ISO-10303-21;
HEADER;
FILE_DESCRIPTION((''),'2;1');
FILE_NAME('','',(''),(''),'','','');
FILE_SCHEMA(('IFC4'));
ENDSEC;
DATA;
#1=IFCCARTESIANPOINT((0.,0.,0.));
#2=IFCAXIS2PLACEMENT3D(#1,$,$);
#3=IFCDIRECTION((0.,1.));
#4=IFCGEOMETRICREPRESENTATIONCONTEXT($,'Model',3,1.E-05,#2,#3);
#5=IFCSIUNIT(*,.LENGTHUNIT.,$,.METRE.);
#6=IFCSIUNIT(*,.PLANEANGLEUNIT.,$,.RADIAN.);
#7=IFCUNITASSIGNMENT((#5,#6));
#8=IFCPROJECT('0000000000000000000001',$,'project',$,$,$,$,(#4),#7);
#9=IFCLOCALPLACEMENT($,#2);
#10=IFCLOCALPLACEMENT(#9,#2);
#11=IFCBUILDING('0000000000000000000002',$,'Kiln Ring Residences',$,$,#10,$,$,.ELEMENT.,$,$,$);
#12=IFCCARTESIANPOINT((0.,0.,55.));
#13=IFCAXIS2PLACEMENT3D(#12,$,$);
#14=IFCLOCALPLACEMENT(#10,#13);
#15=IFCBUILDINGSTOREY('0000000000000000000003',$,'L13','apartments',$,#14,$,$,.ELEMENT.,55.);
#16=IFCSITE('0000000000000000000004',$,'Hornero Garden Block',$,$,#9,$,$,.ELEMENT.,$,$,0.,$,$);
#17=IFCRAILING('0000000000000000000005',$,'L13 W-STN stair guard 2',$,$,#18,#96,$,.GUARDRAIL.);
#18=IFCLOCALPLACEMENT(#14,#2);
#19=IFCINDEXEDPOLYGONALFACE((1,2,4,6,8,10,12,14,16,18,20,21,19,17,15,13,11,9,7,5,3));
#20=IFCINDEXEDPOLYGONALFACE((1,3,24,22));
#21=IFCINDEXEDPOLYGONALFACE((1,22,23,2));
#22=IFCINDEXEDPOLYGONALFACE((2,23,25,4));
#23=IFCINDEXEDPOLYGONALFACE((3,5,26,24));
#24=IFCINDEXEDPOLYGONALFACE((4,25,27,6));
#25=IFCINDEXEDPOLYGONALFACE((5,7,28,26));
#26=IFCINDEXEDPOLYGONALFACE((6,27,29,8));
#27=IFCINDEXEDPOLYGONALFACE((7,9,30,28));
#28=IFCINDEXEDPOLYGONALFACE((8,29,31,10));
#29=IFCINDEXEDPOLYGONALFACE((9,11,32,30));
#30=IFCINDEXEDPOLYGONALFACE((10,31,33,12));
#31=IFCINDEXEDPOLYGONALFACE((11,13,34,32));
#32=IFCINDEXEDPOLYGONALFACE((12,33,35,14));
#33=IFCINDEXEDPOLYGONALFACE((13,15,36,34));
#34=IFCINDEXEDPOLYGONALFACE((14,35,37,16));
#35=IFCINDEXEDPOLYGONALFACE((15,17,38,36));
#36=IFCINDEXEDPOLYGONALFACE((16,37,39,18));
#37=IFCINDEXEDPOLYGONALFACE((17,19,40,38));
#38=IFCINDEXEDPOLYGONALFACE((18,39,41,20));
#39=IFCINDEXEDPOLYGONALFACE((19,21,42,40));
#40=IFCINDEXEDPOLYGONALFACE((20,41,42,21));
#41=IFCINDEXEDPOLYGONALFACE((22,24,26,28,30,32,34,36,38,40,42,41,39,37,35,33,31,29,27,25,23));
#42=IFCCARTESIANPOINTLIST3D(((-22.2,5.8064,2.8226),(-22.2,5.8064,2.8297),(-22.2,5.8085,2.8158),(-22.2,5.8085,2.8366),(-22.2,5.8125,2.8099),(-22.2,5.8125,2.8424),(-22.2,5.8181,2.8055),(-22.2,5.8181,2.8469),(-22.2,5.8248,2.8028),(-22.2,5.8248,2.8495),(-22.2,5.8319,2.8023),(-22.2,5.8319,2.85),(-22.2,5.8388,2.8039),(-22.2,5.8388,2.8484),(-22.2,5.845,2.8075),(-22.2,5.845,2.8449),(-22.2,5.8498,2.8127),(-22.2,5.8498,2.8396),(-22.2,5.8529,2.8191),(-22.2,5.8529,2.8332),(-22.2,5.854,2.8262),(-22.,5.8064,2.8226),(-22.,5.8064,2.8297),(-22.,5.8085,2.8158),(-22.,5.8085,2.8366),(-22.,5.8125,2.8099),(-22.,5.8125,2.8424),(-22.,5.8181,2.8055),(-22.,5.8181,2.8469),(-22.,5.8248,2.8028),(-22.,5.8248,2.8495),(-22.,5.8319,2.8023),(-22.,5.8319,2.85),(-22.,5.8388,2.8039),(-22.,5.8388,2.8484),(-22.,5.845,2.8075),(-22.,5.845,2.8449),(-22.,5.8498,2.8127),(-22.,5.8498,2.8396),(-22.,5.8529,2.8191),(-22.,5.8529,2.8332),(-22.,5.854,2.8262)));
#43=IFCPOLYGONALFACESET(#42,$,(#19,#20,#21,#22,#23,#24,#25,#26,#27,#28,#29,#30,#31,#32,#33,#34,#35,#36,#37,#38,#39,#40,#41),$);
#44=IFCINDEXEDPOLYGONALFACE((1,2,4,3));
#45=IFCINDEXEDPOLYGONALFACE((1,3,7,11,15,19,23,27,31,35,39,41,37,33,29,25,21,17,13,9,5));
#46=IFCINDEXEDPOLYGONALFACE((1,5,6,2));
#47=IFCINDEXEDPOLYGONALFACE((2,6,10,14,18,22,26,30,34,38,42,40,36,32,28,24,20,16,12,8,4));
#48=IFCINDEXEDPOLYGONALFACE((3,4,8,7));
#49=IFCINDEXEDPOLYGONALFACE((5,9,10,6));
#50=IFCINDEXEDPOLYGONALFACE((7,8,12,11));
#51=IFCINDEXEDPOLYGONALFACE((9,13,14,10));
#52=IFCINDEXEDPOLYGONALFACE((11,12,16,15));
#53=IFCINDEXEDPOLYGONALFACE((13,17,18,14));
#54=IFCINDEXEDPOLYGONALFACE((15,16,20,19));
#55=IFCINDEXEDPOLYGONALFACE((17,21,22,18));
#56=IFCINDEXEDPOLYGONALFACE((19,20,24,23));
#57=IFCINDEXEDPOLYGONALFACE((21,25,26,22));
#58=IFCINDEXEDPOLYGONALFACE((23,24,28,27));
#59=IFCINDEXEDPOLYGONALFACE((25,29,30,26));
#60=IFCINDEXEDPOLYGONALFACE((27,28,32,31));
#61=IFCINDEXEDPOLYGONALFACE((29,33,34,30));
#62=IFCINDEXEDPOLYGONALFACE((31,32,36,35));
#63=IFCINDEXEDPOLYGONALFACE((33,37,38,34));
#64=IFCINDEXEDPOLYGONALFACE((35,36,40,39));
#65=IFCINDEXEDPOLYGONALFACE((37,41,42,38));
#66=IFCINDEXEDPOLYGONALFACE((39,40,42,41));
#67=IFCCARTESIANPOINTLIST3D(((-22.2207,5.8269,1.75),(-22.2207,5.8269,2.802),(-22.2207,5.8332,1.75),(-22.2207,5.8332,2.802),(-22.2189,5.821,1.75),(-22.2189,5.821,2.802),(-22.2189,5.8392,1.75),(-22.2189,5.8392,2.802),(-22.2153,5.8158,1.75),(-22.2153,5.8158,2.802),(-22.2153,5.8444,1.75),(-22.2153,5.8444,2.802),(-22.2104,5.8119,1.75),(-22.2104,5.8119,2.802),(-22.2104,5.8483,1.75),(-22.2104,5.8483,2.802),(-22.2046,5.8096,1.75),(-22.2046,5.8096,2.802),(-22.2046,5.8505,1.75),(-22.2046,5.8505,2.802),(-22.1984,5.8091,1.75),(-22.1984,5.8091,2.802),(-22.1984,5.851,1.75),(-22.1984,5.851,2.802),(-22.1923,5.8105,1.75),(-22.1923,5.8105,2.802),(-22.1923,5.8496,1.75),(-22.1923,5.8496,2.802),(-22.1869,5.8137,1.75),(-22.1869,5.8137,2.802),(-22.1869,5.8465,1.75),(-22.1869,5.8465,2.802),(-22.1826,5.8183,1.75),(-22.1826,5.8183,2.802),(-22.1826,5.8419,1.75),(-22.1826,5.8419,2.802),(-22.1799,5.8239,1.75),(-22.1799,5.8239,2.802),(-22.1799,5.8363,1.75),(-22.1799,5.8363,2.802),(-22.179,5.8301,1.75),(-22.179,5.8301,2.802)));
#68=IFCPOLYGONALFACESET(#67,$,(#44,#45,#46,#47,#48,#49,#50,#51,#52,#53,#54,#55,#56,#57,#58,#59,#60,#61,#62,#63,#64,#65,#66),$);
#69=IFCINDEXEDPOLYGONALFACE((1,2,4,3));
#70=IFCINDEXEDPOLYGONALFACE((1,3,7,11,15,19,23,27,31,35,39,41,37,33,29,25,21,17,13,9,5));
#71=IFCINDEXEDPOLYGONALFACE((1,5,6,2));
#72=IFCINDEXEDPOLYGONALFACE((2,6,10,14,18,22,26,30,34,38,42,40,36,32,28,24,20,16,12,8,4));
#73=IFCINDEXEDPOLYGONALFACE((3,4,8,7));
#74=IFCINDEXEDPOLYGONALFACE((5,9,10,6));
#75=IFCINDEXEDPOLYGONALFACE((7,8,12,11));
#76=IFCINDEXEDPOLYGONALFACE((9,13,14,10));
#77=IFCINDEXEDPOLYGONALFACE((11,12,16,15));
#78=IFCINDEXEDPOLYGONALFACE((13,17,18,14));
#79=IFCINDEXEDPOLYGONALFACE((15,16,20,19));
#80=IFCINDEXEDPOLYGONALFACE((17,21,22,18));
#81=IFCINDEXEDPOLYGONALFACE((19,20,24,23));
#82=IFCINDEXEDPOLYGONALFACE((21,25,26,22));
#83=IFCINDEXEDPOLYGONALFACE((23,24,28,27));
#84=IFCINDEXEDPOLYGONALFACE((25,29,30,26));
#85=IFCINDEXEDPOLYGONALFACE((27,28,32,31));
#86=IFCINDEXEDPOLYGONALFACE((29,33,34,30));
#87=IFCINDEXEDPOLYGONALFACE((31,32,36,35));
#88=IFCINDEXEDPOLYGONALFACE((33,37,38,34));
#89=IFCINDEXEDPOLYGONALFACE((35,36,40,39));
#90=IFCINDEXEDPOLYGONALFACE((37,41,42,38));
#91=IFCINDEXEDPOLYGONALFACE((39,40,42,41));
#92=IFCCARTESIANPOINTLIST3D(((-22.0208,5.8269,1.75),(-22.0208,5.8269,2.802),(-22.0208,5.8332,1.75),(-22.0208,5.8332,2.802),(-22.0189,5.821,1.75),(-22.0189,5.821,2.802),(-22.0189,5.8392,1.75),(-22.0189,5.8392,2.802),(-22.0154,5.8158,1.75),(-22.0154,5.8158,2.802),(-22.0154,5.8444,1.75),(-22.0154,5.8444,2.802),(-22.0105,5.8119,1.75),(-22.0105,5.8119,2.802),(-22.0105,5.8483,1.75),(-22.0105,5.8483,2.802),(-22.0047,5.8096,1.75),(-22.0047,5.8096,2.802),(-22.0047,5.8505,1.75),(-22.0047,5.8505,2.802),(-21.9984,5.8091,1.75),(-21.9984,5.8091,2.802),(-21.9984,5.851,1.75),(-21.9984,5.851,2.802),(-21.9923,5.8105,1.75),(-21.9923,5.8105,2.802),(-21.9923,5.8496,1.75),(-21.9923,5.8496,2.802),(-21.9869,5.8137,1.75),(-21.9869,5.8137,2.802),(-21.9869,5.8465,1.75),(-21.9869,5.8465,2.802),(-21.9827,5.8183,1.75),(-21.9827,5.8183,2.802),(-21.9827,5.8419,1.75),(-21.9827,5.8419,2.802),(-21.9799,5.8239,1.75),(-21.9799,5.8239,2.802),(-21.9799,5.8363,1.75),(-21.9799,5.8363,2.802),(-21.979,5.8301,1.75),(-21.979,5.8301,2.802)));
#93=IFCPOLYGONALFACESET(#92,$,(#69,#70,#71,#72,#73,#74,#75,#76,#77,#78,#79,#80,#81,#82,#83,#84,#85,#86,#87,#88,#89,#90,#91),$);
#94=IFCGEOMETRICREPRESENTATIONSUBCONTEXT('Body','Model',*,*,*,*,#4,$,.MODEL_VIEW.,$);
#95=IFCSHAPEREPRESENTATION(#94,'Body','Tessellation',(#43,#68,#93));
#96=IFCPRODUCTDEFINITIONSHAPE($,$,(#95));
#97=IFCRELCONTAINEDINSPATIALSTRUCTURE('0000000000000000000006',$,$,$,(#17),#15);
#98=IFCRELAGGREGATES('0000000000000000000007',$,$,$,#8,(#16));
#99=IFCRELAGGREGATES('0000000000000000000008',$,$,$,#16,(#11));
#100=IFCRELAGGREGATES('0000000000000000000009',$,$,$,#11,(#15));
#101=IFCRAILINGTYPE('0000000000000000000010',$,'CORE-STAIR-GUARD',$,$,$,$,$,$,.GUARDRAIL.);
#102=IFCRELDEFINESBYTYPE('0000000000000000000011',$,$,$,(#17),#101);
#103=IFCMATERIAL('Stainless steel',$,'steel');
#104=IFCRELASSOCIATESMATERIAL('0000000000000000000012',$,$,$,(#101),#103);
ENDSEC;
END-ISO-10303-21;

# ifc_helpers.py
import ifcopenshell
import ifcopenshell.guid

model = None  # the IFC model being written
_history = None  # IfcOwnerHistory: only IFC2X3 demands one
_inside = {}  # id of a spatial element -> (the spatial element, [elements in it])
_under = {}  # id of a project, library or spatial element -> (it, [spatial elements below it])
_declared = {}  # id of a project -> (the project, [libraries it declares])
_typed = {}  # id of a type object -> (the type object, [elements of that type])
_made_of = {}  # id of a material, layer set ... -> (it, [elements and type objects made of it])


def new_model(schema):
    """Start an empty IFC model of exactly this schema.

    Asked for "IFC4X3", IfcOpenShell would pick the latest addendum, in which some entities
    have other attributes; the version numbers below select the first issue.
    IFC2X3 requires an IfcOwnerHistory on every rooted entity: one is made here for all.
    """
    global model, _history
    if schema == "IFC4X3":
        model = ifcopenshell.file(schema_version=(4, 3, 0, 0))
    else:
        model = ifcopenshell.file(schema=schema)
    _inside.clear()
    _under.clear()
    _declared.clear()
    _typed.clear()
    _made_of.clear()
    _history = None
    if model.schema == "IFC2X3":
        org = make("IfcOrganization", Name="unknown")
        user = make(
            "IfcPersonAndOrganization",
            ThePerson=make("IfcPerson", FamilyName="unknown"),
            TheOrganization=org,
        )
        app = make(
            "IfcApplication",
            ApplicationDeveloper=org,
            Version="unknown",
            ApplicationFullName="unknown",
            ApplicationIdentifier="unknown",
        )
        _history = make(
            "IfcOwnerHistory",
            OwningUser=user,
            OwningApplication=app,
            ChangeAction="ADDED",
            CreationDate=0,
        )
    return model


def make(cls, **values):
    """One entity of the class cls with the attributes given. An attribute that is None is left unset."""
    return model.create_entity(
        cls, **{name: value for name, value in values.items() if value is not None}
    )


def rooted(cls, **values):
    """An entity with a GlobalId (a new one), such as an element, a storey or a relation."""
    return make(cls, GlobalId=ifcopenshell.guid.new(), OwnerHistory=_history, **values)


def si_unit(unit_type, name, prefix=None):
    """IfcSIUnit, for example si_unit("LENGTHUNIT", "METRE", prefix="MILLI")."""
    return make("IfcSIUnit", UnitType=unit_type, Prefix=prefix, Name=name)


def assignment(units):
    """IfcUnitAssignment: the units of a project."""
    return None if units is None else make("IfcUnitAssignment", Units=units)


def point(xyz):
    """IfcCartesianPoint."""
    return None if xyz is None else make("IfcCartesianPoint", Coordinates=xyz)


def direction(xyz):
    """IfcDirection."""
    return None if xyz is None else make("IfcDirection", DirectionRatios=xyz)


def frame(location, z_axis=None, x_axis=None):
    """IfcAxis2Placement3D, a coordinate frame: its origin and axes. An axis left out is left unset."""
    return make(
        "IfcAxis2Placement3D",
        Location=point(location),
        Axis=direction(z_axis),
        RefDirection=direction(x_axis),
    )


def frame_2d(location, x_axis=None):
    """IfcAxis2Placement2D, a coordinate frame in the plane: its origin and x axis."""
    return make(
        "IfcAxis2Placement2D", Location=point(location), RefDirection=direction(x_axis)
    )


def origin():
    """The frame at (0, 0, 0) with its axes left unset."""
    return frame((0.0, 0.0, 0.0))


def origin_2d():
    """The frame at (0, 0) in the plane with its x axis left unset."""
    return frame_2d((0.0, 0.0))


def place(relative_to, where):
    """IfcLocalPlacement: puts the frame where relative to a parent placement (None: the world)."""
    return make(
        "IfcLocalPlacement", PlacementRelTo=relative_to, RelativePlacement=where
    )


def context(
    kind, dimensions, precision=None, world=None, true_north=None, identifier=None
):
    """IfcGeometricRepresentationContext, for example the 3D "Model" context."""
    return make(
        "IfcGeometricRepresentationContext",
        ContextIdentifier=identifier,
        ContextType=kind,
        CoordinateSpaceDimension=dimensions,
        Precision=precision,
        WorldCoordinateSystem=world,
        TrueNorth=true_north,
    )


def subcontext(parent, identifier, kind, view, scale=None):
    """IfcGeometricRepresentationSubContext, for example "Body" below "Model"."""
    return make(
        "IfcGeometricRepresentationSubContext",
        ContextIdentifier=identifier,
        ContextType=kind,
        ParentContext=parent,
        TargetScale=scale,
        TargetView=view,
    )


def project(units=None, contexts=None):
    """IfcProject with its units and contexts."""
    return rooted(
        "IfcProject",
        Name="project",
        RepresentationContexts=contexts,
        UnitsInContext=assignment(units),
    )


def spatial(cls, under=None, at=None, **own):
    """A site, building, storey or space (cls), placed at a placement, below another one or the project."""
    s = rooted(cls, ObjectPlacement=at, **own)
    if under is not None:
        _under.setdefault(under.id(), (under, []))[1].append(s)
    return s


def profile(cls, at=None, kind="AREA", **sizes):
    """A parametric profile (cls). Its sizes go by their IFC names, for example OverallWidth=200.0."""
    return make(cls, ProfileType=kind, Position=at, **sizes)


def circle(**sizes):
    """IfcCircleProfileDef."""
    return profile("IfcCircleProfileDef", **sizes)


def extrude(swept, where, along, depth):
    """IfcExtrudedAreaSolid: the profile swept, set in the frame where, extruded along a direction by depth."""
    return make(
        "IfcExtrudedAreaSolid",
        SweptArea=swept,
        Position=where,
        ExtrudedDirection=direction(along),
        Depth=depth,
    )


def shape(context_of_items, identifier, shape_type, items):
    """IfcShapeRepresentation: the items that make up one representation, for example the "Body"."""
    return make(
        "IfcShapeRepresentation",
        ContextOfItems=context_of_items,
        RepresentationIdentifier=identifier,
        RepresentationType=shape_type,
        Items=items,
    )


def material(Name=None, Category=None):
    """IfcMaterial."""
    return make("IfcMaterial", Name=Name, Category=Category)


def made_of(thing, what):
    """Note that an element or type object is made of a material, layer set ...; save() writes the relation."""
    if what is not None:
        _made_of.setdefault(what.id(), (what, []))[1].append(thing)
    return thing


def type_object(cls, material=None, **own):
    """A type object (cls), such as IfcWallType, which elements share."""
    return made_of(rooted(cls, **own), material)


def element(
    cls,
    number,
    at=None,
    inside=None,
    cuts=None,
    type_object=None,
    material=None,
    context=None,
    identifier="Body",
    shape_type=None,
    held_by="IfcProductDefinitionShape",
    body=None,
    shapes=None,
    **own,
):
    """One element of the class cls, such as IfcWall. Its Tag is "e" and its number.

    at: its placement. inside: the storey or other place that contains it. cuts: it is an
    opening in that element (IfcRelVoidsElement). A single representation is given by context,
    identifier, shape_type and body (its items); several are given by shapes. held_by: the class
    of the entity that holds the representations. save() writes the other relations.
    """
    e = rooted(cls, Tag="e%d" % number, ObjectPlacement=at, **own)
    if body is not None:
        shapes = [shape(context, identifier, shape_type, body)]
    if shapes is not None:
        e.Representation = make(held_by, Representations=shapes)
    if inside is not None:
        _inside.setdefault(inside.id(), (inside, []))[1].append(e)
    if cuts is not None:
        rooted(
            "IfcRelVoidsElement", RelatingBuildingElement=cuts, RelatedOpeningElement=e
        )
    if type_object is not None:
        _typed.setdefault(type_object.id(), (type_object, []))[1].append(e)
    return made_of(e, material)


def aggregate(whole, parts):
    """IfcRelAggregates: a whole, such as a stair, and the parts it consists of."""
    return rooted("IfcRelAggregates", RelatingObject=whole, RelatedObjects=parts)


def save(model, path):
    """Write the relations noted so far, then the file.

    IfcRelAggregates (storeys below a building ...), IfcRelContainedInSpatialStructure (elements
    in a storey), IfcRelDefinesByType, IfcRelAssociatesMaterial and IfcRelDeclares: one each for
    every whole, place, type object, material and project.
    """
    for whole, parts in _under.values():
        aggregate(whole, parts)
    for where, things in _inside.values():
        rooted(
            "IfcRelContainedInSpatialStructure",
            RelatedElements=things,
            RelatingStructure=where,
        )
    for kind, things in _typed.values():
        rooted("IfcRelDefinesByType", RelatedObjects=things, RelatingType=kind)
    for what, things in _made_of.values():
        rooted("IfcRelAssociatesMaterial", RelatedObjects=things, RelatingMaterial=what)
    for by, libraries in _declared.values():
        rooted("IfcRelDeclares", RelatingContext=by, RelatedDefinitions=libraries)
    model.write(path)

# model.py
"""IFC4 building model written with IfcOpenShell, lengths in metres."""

from ifc_helpers import new_model, si_unit, direction, frame, origin, origin_2d, place, context, subcontext, project, spatial, circle, extrude, material, type_object, element, save


model = new_model("IFC4")

# Units and contexts
model_context = context("Model", 3, precision=1e-05, world=origin(), true_north=direction((0.0, 1.0)))
body_context = subcontext(model_context, "Body", "Model", "MODEL_VIEW")
ifc_project = project(units=[si_unit("LENGTHUNIT", "METRE"), si_unit("PLANEANGLEUNIT", "RADIAN")], contexts=[model_context])

# Site, building, storey
site_placement = place(None, origin())
site = spatial("IfcSite", under=ifc_project, at=site_placement, Name="Hornero Garden Block", CompositionType="ELEMENT", RefElevation=0.0)
building_placement = place(site_placement, origin())
building = spatial("IfcBuilding", under=site, at=building_placement, Name="Kiln Ring Residences", CompositionType="ELEMENT")
storey_placement = place(building_placement, frame((0.0, 0.0, 55.0)))
storey = spatial("IfcBuildingStorey", under=building, at=storey_placement, Name="L13", Description="apartments", CompositionType="ELEMENT", Elevation=55.0)

# Railing
ifc_material_1 = material(Name="Stainless steel", Category="steel")
railing_type_1 = type_object("IfcRailingType", Name="CORE-STAIR-GUARD", PredefinedType="GUARDRAIL", material=ifc_material_1)
railing_1_placement = place(storey_placement, frame((-22.2, 5.8301, 1.75)))
element("IfcRailing", 1, at=railing_1_placement, inside=storey, type_object=railing_type_1, Name="L13 W-STN stair guard 2", PredefinedType="GUARDRAIL", context=body_context, shape_type="SweptSolid", body=[
    extrude(circle(Radius=0.0239, at=origin_2d()), frame((0.0, 0.0, 1.0762), z_axis=(1.0, 0.0, 0.0), x_axis=(0.0, 1.0, 0.0)), (0.0, 0.0, 1.0), 0.2),
    extrude(circle(Radius=0.021, at=origin_2d()), origin(), (0.0, 0.0, 1.0), 1.052),
    extrude(circle(Radius=0.021, at=origin_2d()), frame((0.2, 0.0, 0.0)), (0.0, 0.0, 1.0), 1.052),
])

save(model, "model.ifc")
